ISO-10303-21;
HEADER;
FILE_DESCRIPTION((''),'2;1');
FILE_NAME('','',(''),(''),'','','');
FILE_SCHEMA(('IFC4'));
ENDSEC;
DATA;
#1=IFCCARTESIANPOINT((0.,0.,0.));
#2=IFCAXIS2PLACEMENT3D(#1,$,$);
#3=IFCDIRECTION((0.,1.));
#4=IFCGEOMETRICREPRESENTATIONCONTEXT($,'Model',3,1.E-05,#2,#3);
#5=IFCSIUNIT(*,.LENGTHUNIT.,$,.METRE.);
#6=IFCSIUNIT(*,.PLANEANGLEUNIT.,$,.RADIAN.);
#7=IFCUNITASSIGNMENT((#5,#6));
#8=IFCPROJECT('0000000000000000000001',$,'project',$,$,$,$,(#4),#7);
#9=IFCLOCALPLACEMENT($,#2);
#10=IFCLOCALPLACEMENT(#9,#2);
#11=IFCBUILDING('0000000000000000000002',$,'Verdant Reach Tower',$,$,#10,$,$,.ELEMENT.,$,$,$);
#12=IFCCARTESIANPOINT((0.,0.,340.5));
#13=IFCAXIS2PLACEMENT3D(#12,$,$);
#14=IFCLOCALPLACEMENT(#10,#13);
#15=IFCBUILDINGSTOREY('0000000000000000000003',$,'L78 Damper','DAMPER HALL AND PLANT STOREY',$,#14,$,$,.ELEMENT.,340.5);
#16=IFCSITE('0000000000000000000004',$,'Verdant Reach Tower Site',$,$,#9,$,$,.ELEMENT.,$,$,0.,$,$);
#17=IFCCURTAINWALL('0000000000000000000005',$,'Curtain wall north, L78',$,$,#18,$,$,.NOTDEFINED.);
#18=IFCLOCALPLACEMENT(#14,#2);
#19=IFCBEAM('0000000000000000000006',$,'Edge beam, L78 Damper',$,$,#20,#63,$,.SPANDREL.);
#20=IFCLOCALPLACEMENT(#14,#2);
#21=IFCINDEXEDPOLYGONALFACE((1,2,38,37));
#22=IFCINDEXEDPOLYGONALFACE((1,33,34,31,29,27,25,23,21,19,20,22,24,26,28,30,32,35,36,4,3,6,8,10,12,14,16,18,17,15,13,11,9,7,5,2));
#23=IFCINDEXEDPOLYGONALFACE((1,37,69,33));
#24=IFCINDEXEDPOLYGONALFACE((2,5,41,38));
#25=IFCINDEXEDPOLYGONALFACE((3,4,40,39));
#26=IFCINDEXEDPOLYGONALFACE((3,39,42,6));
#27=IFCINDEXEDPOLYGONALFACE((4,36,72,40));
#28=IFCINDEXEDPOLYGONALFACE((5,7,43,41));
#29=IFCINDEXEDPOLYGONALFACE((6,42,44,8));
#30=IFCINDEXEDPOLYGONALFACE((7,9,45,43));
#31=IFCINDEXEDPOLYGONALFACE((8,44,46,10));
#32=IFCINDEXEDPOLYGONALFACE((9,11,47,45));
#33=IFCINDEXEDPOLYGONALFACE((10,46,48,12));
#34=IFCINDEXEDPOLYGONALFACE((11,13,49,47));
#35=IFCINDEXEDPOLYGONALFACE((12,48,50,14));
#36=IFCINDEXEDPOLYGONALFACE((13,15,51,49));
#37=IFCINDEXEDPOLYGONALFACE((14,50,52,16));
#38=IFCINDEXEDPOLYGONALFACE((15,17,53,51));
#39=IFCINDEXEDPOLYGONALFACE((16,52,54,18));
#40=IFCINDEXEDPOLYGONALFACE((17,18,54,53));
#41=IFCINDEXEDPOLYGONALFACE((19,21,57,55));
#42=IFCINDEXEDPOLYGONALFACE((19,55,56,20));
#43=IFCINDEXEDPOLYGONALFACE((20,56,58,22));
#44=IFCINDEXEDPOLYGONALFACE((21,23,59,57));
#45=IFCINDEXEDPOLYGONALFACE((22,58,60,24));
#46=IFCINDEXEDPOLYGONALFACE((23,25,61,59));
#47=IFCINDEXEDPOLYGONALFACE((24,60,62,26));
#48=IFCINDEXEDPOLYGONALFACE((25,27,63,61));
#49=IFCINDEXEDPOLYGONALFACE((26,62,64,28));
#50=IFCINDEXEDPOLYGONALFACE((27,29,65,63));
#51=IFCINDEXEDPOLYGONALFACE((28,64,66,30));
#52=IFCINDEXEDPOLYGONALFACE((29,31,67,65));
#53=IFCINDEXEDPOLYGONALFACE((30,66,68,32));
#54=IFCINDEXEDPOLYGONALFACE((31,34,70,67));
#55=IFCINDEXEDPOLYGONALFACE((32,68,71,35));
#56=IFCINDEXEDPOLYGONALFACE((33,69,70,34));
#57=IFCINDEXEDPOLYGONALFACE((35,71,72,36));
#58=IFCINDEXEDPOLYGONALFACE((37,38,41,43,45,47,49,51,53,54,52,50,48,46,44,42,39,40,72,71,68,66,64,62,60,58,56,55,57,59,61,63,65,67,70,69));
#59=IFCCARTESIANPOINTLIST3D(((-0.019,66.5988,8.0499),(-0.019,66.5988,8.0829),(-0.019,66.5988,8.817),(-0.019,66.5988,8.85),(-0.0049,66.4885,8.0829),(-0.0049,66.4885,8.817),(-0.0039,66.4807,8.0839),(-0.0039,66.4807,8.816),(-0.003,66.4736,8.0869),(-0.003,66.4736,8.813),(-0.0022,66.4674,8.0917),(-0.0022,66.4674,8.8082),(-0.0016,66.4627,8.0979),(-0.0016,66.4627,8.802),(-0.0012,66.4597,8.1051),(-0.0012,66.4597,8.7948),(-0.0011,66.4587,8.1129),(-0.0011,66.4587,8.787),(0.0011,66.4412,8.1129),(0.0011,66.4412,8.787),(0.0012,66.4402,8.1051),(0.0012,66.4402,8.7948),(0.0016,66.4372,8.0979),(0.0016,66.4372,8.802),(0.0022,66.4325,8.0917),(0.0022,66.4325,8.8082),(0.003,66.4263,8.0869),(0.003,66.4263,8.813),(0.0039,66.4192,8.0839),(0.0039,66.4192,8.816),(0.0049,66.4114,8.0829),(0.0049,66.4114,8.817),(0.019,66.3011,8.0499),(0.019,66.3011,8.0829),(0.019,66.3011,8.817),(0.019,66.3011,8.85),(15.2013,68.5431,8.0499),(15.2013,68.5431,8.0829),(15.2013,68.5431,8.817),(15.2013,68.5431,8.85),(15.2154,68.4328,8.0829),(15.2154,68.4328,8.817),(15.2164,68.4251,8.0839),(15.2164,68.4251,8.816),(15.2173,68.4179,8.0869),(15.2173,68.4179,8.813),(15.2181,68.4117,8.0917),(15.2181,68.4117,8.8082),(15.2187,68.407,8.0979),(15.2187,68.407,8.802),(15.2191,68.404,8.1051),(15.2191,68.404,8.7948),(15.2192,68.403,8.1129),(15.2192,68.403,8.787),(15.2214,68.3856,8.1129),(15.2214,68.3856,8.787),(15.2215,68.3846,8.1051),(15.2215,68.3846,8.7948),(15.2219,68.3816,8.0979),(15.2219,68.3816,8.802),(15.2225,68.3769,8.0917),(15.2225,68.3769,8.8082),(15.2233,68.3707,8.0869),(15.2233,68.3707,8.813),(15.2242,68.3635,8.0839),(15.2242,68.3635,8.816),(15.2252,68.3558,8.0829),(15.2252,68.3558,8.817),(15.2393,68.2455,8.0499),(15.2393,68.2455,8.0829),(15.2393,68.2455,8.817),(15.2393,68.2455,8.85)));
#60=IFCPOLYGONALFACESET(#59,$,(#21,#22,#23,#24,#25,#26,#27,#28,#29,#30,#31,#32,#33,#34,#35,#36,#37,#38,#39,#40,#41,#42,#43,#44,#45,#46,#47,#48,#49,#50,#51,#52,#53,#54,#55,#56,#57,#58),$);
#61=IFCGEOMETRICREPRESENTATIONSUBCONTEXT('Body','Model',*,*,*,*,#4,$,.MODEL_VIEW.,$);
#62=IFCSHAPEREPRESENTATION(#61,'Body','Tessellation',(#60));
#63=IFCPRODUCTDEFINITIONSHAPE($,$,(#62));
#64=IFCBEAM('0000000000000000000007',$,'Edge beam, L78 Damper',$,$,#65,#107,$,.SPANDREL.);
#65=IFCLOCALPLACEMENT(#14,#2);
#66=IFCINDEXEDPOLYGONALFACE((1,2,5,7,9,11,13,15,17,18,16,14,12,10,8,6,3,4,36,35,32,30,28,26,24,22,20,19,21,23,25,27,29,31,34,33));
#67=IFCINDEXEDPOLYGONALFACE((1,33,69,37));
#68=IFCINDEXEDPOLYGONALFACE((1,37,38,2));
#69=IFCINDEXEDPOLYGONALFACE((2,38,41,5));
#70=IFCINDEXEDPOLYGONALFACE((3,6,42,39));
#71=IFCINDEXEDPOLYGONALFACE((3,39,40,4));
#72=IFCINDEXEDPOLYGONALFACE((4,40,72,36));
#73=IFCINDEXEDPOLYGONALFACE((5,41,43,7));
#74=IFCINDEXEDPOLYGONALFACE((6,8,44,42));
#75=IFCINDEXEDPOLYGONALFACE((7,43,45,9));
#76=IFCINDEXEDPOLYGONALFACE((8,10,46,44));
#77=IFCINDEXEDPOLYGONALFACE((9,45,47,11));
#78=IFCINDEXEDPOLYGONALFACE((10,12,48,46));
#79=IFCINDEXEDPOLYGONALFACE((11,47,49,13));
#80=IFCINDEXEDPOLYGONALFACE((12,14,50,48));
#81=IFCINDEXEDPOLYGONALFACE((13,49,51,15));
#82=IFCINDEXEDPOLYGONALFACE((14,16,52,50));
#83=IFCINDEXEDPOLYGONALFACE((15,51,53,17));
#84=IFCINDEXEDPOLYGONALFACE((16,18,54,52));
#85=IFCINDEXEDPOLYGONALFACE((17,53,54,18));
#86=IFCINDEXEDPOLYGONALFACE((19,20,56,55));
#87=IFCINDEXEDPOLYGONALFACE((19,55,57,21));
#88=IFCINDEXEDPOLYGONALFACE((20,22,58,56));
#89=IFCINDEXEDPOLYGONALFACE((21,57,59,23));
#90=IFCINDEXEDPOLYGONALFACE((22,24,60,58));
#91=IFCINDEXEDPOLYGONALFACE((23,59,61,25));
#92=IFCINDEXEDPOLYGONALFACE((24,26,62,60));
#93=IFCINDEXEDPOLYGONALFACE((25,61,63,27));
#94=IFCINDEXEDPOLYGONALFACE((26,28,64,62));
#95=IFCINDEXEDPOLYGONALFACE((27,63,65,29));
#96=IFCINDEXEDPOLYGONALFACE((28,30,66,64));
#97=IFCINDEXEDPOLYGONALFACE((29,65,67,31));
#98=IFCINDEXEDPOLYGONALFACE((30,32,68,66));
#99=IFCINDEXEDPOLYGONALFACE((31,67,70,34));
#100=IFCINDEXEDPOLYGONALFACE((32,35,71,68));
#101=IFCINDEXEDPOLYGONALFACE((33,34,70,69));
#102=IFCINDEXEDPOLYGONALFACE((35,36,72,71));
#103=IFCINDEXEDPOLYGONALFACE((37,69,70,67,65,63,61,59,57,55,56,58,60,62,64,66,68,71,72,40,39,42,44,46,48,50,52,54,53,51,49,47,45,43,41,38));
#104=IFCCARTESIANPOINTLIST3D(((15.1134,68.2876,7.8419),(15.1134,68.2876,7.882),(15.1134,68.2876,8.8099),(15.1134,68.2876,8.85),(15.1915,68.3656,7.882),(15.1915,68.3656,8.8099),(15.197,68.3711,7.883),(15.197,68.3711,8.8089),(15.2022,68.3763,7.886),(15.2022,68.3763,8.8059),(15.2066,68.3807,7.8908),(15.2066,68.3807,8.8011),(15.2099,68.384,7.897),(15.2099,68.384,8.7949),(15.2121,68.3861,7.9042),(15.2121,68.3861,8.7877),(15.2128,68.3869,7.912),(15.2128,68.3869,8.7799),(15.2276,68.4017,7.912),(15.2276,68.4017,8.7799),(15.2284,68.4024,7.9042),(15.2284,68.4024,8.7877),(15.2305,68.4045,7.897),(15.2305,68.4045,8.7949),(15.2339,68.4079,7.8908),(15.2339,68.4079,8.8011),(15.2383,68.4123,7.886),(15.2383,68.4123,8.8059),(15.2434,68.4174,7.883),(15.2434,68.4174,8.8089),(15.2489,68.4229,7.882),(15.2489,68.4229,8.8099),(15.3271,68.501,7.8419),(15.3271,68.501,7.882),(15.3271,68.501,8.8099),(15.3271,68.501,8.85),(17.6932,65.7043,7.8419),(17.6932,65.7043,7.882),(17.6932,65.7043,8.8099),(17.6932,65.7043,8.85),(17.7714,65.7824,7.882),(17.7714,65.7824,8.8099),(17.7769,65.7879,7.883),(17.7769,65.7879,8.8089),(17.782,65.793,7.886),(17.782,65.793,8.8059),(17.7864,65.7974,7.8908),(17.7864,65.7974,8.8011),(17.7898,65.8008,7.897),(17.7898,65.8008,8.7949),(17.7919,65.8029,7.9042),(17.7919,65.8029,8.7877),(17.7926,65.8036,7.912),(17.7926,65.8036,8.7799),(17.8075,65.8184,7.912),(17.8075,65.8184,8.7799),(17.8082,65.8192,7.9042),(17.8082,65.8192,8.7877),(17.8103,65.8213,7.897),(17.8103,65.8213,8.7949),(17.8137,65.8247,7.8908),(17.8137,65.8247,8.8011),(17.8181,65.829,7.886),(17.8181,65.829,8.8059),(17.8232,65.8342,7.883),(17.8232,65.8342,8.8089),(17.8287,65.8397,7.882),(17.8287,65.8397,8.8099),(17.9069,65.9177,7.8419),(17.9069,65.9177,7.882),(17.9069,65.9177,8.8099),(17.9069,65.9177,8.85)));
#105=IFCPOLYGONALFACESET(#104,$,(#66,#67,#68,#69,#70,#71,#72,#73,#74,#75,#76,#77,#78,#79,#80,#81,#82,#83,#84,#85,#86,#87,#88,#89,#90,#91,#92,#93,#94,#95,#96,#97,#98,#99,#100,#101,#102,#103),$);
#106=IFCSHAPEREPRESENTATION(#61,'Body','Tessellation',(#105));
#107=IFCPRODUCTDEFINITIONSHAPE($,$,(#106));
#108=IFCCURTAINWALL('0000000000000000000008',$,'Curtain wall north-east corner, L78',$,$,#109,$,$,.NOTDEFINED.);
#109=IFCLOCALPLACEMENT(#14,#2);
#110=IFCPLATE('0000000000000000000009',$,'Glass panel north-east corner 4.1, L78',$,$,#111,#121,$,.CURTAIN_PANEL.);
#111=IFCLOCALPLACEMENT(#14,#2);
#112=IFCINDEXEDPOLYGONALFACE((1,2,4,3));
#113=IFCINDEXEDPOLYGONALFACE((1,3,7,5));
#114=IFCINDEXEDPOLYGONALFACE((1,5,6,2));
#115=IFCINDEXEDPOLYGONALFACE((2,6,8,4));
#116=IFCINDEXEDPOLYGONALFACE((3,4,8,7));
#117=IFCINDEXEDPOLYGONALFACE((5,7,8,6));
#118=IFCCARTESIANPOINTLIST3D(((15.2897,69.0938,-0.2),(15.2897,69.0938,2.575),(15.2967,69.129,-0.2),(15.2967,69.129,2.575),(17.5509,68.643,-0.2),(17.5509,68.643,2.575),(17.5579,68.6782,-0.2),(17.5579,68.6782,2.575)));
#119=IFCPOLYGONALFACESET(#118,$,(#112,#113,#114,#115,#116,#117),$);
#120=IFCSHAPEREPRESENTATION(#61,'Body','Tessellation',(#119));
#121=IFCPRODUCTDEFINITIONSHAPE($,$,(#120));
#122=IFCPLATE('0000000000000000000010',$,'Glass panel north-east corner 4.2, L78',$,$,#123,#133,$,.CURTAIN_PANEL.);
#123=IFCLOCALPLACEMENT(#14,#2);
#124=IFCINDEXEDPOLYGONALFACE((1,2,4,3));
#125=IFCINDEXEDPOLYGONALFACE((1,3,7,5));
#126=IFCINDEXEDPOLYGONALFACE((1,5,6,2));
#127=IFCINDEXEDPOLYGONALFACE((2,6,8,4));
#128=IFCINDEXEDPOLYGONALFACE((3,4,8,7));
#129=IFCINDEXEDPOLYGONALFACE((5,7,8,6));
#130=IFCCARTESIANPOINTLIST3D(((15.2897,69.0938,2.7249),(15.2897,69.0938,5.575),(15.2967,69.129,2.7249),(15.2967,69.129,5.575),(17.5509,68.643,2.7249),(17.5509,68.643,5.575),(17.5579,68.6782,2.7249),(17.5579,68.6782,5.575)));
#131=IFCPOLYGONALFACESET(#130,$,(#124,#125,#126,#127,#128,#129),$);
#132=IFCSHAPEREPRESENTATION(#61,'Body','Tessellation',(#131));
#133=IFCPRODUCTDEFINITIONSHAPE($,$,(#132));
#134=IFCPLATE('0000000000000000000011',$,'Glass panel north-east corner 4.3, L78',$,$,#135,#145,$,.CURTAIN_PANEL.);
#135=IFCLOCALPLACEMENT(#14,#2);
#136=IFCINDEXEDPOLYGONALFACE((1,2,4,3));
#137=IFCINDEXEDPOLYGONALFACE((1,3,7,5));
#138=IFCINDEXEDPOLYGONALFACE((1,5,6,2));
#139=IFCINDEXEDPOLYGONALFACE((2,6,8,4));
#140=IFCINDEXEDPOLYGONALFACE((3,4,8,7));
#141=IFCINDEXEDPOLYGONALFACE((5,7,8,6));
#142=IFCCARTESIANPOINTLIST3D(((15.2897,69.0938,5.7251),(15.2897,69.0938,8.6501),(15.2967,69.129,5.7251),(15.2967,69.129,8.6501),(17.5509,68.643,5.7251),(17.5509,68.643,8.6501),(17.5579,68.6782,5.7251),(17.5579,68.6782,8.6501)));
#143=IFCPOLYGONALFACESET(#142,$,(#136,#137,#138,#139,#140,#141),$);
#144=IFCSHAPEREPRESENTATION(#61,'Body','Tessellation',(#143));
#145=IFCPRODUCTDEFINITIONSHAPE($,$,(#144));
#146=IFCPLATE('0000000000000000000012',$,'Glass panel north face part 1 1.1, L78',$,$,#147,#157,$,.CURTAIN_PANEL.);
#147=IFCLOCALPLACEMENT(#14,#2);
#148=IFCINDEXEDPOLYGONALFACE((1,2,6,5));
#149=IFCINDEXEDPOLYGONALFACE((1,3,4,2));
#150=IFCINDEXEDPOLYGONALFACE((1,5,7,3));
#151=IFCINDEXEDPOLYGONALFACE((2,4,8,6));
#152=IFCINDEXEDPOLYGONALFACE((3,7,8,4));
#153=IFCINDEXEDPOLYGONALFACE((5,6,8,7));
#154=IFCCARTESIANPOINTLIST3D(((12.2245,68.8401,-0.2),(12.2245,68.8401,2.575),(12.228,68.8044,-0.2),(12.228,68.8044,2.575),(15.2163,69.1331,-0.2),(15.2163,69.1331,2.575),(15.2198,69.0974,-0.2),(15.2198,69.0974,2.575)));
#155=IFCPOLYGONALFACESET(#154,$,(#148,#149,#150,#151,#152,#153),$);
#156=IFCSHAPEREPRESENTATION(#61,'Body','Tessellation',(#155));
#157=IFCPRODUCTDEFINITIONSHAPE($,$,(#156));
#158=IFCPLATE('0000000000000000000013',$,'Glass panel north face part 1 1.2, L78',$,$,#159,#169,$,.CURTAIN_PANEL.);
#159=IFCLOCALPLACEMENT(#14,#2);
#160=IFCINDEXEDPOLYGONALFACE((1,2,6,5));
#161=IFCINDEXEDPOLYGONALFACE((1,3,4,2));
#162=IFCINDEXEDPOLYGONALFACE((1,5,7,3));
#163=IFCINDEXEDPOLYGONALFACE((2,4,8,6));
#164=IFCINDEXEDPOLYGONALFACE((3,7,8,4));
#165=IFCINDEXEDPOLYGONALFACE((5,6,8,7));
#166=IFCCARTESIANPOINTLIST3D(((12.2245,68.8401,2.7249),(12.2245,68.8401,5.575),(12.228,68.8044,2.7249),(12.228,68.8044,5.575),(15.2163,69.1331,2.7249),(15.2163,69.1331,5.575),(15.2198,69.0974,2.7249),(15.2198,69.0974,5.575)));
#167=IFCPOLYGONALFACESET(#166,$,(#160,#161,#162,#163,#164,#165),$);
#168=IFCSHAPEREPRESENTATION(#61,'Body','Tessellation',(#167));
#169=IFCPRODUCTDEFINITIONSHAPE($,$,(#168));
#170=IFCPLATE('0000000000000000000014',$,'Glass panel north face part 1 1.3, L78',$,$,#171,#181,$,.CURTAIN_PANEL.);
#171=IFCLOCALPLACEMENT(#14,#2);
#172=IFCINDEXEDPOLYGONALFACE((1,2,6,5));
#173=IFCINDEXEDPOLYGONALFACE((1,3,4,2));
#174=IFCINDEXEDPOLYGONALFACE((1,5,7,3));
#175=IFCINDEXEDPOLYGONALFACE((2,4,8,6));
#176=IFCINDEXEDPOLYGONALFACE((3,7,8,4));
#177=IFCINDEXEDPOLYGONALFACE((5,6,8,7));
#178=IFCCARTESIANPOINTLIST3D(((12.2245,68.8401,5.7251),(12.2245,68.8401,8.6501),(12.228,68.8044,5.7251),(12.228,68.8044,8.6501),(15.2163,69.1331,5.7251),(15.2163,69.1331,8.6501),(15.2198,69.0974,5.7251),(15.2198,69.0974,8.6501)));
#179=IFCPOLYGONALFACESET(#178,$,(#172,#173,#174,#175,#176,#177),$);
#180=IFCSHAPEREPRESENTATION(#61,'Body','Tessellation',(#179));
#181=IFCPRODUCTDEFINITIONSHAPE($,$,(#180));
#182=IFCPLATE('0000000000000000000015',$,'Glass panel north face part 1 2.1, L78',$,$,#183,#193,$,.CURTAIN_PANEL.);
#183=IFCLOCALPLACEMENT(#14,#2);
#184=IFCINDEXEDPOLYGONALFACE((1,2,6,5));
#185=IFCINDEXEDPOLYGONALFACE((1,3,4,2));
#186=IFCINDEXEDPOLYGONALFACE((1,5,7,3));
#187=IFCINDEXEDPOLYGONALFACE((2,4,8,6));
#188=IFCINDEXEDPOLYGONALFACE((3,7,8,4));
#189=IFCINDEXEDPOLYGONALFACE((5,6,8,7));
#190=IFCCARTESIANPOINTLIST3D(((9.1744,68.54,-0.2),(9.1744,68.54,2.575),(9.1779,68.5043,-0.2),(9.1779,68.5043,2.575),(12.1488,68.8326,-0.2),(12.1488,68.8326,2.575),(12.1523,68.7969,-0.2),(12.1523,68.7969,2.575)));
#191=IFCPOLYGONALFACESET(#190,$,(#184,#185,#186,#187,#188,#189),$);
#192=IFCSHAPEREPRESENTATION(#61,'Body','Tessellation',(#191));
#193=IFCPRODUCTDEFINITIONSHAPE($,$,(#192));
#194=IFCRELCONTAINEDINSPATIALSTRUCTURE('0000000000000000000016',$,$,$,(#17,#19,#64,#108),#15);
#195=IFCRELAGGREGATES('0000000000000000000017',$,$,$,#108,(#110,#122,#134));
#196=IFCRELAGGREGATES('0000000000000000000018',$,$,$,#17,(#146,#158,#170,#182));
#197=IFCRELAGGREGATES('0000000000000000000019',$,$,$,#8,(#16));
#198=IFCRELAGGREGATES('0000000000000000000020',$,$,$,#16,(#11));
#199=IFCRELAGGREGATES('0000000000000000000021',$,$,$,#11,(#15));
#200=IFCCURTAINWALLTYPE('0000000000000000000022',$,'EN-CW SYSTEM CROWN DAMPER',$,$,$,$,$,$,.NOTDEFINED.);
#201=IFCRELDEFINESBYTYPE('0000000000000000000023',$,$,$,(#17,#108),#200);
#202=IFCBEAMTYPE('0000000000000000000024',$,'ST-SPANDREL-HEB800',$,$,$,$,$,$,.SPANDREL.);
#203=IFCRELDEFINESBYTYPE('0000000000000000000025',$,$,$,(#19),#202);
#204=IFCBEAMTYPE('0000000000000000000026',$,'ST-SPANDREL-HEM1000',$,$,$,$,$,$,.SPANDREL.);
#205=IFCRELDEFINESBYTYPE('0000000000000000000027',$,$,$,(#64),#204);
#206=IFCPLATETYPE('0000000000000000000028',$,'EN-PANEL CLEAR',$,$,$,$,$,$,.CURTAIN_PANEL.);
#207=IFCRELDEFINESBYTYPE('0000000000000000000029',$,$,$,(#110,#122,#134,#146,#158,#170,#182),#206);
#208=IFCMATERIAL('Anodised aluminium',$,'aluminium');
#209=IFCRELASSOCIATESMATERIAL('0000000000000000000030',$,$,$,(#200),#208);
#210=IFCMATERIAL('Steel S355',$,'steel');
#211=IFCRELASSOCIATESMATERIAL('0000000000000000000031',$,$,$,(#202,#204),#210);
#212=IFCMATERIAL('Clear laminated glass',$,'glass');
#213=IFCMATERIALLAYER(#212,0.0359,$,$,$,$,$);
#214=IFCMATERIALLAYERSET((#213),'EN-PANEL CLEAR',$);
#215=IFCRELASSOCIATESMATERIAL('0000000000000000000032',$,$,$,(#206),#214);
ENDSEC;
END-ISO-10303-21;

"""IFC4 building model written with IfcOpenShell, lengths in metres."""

from ifc_helpers import new_model, si_unit, direction, frame, origin, origin_2d, place, context, subcontext, project, spatial, rectangle, i_section, extrude, material, layer, layer_set, material_profile, profile_set, type_object, element, aggregate, save


model = new_model("IFC4")

# Units and contexts
model_context = context("Model", 3, precision=1e-05, world=origin(), true_north=direction((0.0, 1.0)))
body_context = subcontext(model_context, "Body", "Model", "MODEL_VIEW")
ifc_project = project(units=[si_unit("LENGTHUNIT", "METRE"), si_unit("PLANEANGLEUNIT", "RADIAN")], contexts=[model_context])

# Site, building, storey
site_placement = place(None, origin())
site = spatial("IfcSite", under=ifc_project, at=site_placement, Name="Verdant Reach Tower Site", CompositionType="ELEMENT", RefElevation=0.0)
building_placement = place(site_placement, origin())
building = spatial("IfcBuilding", under=site, at=building_placement, Name="Verdant Reach Tower", CompositionType="ELEMENT")
storey_placement = place(building_placement, frame((0.0, 0.0, 340.5)))
storey = spatial("IfcBuildingStorey", under=building, at=storey_placement, Name="L78 Damper", Description="DAMPER HALL AND PLANT STOREY", CompositionType="ELEMENT", Elevation=340.5)

# Curtain wall
ifc_material_1 = material(Name="Anodised aluminium", Category="aluminium")
curtain_wall_type = type_object("IfcCurtainWallType", Name="EN-CW SYSTEM CROWN DAMPER", PredefinedType="NOTDEFINED", material=ifc_material_1)
curtain_wall_1_placement = place(storey_placement, origin())
curtain_wall_1 = element("IfcCurtainWall", 1, at=curtain_wall_1_placement, inside=storey, type_object=curtain_wall_type, Name="Curtain wall north, L78", PredefinedType="NOTDEFINED")

# Beams
ifc_material_2 = material(Name="Steel S355", Category="steel")
ifc_material_profile_1 = material_profile(ifc_material_2, i_section(OverallWidth=0.3, OverallDepth=0.8, WebThickness=0.0176, FlangeThickness=0.033, FilletRadius=0.03, at=origin_2d()), Name="HEB 800")
ifc_profile_set_1 = profile_set([ifc_material_profile_1], Name="Steel S355")
beam_type_1 = type_object("IfcBeamType", Name="ST-SPANDREL-HEB800", PredefinedType="SPANDREL", material=ifc_profile_set_1)
beam_1_placement = place(storey_placement, frame((0.0, 66.45, 8.45), z_axis=(0.991939, 0.126717, 0.0), x_axis=(-0.126717, 0.991939, 0.0)))
element("IfcBeam", 2, at=beam_1_placement, inside=storey, type_object=beam_type_1, Name="Edge beam, L78 Damper", PredefinedType="SPANDREL", context=body_context, shape_type="SweptSolid", body=[
    extrude(i_section(OverallWidth=0.3, OverallDepth=0.8, WebThickness=0.0176, FlangeThickness=0.033, FilletRadius=0.03, at=origin_2d()), origin(), (0.0, 0.0, 1.0), 15.344),
])
ifc_material_profile_2 = material_profile(ifc_material_2, i_section(OverallWidth=0.302, OverallDepth=1.0081, WebThickness=0.021, FlangeThickness=0.04, FilletRadius=0.03, at=origin_2d()), Name="HEM 1000")
ifc_profile_set_2 = profile_set([ifc_material_profile_2], Name="Steel S355")
beam_type_2 = type_object("IfcBeamType", Name="ST-SPANDREL-HEM1000", PredefinedType="SPANDREL", material=ifc_profile_set_2)
beam_2_placement = place(storey_placement, frame((15.2202, 68.3943, 8.3459), z_axis=(0.706639, -0.707575, 0.0), x_axis=(0.707575, 0.706639, 0.0)))
element("IfcBeam", 3, at=beam_2_placement, inside=storey, type_object=beam_type_2, Name="Edge beam, L78 Damper", PredefinedType="SPANDREL", context=body_context, shape_type="SweptSolid", body=[
    extrude(i_section(OverallWidth=0.302, OverallDepth=1.0081, WebThickness=0.021, FlangeThickness=0.04, FilletRadius=0.03, at=origin_2d()), origin(), (0.0, 0.0, 1.0), 3.6509),
])

# Curtain wall, plates
curtain_wall_2_placement = place(storey_placement, origin())
curtain_wall_2 = element("IfcCurtainWall", 4, at=curtain_wall_2_placement, inside=storey, type_object=curtain_wall_type, Name="Curtain wall north-east corner, L78", PredefinedType="NOTDEFINED")
ifc_material_3 = material(Name="Clear laminated glass", Category="glass")
ifc_layer = layer(ifc_material_3, 0.0359)
ifc_layer_set = layer_set([ifc_layer], Name="EN-PANEL CLEAR")
plate_type = type_object("IfcPlateType", Name="EN-PANEL CLEAR", PredefinedType="CURTAIN_PANEL", material=ifc_layer_set)
plate_1_placement = place(storey_placement, frame((16.4238, 68.886, -0.2), z_axis=(0.0, 0.0, 1.0), x_axis=(-0.980705, 0.195493, 0.0)))
plate_1 = element("IfcPlate", 5, at=plate_1_placement, type_object=plate_type, Name="Glass panel north-east corner 4.1, L78", PredefinedType="CURTAIN_PANEL", context=body_context, shape_type="SweptSolid", body=[
    extrude(rectangle(XDim=2.3057, YDim=0.0359, at=origin_2d()), origin(), (0.0, 0.0, 1.0), 2.7749),
])
plate_2_placement = place(storey_placement, frame((16.4238, 68.886, 2.7249), z_axis=(0.0, 0.0, 1.0), x_axis=(-0.980705, 0.195493, 0.0)))
plate_2 = element("IfcPlate", 6, at=plate_2_placement, type_object=plate_type, Name="Glass panel north-east corner 4.2, L78", PredefinedType="CURTAIN_PANEL", context=body_context, shape_type="SweptSolid", body=[
    extrude(rectangle(XDim=2.3057, YDim=0.0359, at=origin_2d()), origin(), (0.0, 0.0, 1.0), 2.8501),
])
plate_3_placement = place(storey_placement, frame((16.4238, 68.886, 5.7251), z_axis=(0.0, 0.0, 1.0), x_axis=(-0.980705, 0.195493, 0.0)))
plate_3 = element("IfcPlate", 7, at=plate_3_placement, type_object=plate_type, Name="Glass panel north-east corner 4.3, L78", PredefinedType="CURTAIN_PANEL", context=body_context, shape_type="SweptSolid", body=[
    extrude(rectangle(XDim=2.3057, YDim=0.0359, at=origin_2d()), origin(), (0.0, 0.0, 1.0), 2.925),
])
aggregate(curtain_wall_2, [plate_1, plate_2, plate_3])

# Plates
plate_4_placement = place(storey_placement, frame((13.7222, 68.9688, -0.2), z_axis=(0.0, 0.0, 1.0), x_axis=(-0.995238, -0.097473, 0.0)))
plate_4 = element("IfcPlate", 8, at=plate_4_placement, type_object=plate_type, Name="Glass panel north face part 1 1.1, L78", PredefinedType="CURTAIN_PANEL", context=body_context, shape_type="SweptSolid", body=[
    extrude(rectangle(XDim=3.0061, YDim=0.0359, at=origin_2d()), origin(), (0.0, 0.0, 1.0), 2.7749),
])
plate_5_placement = place(storey_placement, frame((13.7222, 68.9688, 2.7249), z_axis=(0.0, 0.0, 1.0), x_axis=(-0.995238, -0.097473, 0.0)))
plate_5 = element("IfcPlate", 9, at=plate_5_placement, type_object=plate_type, Name="Glass panel north face part 1 1.2, L78", PredefinedType="CURTAIN_PANEL", context=body_context, shape_type="SweptSolid", body=[
    extrude(rectangle(XDim=3.0061, YDim=0.0359, at=origin_2d()), origin(), (0.0, 0.0, 1.0), 2.8501),
])
plate_6_placement = place(storey_placement, frame((13.7222, 68.9688, 5.7251), z_axis=(0.0, 0.0, 1.0), x_axis=(-0.995238, -0.097473, 0.0)))
plate_6 = element("IfcPlate", 10, at=plate_6_placement, type_object=plate_type, Name="Glass panel north face part 1 1.3, L78", PredefinedType="CURTAIN_PANEL", context=body_context, shape_type="SweptSolid", body=[
    extrude(rectangle(XDim=3.0061, YDim=0.0359, at=origin_2d()), origin(), (0.0, 0.0, 1.0), 2.925),
])
plate_7_placement = place(storey_placement, frame((10.6633, 68.6685, -0.2), z_axis=(0.0, 0.0, 1.0), x_axis=(-0.995197, -0.097888, 0.0)))
plate_7 = element("IfcPlate", 11, at=plate_7_placement, type_object=plate_type, Name="Glass panel north face part 1 2.1, L78", PredefinedType="CURTAIN_PANEL", context=body_context, shape_type="SweptSolid", body=[
    extrude(rectangle(XDim=2.9888, YDim=0.0359, at=origin_2d()), origin(), (0.0, 0.0, 1.0), 2.7749),
])
aggregate(curtain_wall_1, [plate_4, plate_5, plate_6, plate_7])

save(model, "model.ifc")
